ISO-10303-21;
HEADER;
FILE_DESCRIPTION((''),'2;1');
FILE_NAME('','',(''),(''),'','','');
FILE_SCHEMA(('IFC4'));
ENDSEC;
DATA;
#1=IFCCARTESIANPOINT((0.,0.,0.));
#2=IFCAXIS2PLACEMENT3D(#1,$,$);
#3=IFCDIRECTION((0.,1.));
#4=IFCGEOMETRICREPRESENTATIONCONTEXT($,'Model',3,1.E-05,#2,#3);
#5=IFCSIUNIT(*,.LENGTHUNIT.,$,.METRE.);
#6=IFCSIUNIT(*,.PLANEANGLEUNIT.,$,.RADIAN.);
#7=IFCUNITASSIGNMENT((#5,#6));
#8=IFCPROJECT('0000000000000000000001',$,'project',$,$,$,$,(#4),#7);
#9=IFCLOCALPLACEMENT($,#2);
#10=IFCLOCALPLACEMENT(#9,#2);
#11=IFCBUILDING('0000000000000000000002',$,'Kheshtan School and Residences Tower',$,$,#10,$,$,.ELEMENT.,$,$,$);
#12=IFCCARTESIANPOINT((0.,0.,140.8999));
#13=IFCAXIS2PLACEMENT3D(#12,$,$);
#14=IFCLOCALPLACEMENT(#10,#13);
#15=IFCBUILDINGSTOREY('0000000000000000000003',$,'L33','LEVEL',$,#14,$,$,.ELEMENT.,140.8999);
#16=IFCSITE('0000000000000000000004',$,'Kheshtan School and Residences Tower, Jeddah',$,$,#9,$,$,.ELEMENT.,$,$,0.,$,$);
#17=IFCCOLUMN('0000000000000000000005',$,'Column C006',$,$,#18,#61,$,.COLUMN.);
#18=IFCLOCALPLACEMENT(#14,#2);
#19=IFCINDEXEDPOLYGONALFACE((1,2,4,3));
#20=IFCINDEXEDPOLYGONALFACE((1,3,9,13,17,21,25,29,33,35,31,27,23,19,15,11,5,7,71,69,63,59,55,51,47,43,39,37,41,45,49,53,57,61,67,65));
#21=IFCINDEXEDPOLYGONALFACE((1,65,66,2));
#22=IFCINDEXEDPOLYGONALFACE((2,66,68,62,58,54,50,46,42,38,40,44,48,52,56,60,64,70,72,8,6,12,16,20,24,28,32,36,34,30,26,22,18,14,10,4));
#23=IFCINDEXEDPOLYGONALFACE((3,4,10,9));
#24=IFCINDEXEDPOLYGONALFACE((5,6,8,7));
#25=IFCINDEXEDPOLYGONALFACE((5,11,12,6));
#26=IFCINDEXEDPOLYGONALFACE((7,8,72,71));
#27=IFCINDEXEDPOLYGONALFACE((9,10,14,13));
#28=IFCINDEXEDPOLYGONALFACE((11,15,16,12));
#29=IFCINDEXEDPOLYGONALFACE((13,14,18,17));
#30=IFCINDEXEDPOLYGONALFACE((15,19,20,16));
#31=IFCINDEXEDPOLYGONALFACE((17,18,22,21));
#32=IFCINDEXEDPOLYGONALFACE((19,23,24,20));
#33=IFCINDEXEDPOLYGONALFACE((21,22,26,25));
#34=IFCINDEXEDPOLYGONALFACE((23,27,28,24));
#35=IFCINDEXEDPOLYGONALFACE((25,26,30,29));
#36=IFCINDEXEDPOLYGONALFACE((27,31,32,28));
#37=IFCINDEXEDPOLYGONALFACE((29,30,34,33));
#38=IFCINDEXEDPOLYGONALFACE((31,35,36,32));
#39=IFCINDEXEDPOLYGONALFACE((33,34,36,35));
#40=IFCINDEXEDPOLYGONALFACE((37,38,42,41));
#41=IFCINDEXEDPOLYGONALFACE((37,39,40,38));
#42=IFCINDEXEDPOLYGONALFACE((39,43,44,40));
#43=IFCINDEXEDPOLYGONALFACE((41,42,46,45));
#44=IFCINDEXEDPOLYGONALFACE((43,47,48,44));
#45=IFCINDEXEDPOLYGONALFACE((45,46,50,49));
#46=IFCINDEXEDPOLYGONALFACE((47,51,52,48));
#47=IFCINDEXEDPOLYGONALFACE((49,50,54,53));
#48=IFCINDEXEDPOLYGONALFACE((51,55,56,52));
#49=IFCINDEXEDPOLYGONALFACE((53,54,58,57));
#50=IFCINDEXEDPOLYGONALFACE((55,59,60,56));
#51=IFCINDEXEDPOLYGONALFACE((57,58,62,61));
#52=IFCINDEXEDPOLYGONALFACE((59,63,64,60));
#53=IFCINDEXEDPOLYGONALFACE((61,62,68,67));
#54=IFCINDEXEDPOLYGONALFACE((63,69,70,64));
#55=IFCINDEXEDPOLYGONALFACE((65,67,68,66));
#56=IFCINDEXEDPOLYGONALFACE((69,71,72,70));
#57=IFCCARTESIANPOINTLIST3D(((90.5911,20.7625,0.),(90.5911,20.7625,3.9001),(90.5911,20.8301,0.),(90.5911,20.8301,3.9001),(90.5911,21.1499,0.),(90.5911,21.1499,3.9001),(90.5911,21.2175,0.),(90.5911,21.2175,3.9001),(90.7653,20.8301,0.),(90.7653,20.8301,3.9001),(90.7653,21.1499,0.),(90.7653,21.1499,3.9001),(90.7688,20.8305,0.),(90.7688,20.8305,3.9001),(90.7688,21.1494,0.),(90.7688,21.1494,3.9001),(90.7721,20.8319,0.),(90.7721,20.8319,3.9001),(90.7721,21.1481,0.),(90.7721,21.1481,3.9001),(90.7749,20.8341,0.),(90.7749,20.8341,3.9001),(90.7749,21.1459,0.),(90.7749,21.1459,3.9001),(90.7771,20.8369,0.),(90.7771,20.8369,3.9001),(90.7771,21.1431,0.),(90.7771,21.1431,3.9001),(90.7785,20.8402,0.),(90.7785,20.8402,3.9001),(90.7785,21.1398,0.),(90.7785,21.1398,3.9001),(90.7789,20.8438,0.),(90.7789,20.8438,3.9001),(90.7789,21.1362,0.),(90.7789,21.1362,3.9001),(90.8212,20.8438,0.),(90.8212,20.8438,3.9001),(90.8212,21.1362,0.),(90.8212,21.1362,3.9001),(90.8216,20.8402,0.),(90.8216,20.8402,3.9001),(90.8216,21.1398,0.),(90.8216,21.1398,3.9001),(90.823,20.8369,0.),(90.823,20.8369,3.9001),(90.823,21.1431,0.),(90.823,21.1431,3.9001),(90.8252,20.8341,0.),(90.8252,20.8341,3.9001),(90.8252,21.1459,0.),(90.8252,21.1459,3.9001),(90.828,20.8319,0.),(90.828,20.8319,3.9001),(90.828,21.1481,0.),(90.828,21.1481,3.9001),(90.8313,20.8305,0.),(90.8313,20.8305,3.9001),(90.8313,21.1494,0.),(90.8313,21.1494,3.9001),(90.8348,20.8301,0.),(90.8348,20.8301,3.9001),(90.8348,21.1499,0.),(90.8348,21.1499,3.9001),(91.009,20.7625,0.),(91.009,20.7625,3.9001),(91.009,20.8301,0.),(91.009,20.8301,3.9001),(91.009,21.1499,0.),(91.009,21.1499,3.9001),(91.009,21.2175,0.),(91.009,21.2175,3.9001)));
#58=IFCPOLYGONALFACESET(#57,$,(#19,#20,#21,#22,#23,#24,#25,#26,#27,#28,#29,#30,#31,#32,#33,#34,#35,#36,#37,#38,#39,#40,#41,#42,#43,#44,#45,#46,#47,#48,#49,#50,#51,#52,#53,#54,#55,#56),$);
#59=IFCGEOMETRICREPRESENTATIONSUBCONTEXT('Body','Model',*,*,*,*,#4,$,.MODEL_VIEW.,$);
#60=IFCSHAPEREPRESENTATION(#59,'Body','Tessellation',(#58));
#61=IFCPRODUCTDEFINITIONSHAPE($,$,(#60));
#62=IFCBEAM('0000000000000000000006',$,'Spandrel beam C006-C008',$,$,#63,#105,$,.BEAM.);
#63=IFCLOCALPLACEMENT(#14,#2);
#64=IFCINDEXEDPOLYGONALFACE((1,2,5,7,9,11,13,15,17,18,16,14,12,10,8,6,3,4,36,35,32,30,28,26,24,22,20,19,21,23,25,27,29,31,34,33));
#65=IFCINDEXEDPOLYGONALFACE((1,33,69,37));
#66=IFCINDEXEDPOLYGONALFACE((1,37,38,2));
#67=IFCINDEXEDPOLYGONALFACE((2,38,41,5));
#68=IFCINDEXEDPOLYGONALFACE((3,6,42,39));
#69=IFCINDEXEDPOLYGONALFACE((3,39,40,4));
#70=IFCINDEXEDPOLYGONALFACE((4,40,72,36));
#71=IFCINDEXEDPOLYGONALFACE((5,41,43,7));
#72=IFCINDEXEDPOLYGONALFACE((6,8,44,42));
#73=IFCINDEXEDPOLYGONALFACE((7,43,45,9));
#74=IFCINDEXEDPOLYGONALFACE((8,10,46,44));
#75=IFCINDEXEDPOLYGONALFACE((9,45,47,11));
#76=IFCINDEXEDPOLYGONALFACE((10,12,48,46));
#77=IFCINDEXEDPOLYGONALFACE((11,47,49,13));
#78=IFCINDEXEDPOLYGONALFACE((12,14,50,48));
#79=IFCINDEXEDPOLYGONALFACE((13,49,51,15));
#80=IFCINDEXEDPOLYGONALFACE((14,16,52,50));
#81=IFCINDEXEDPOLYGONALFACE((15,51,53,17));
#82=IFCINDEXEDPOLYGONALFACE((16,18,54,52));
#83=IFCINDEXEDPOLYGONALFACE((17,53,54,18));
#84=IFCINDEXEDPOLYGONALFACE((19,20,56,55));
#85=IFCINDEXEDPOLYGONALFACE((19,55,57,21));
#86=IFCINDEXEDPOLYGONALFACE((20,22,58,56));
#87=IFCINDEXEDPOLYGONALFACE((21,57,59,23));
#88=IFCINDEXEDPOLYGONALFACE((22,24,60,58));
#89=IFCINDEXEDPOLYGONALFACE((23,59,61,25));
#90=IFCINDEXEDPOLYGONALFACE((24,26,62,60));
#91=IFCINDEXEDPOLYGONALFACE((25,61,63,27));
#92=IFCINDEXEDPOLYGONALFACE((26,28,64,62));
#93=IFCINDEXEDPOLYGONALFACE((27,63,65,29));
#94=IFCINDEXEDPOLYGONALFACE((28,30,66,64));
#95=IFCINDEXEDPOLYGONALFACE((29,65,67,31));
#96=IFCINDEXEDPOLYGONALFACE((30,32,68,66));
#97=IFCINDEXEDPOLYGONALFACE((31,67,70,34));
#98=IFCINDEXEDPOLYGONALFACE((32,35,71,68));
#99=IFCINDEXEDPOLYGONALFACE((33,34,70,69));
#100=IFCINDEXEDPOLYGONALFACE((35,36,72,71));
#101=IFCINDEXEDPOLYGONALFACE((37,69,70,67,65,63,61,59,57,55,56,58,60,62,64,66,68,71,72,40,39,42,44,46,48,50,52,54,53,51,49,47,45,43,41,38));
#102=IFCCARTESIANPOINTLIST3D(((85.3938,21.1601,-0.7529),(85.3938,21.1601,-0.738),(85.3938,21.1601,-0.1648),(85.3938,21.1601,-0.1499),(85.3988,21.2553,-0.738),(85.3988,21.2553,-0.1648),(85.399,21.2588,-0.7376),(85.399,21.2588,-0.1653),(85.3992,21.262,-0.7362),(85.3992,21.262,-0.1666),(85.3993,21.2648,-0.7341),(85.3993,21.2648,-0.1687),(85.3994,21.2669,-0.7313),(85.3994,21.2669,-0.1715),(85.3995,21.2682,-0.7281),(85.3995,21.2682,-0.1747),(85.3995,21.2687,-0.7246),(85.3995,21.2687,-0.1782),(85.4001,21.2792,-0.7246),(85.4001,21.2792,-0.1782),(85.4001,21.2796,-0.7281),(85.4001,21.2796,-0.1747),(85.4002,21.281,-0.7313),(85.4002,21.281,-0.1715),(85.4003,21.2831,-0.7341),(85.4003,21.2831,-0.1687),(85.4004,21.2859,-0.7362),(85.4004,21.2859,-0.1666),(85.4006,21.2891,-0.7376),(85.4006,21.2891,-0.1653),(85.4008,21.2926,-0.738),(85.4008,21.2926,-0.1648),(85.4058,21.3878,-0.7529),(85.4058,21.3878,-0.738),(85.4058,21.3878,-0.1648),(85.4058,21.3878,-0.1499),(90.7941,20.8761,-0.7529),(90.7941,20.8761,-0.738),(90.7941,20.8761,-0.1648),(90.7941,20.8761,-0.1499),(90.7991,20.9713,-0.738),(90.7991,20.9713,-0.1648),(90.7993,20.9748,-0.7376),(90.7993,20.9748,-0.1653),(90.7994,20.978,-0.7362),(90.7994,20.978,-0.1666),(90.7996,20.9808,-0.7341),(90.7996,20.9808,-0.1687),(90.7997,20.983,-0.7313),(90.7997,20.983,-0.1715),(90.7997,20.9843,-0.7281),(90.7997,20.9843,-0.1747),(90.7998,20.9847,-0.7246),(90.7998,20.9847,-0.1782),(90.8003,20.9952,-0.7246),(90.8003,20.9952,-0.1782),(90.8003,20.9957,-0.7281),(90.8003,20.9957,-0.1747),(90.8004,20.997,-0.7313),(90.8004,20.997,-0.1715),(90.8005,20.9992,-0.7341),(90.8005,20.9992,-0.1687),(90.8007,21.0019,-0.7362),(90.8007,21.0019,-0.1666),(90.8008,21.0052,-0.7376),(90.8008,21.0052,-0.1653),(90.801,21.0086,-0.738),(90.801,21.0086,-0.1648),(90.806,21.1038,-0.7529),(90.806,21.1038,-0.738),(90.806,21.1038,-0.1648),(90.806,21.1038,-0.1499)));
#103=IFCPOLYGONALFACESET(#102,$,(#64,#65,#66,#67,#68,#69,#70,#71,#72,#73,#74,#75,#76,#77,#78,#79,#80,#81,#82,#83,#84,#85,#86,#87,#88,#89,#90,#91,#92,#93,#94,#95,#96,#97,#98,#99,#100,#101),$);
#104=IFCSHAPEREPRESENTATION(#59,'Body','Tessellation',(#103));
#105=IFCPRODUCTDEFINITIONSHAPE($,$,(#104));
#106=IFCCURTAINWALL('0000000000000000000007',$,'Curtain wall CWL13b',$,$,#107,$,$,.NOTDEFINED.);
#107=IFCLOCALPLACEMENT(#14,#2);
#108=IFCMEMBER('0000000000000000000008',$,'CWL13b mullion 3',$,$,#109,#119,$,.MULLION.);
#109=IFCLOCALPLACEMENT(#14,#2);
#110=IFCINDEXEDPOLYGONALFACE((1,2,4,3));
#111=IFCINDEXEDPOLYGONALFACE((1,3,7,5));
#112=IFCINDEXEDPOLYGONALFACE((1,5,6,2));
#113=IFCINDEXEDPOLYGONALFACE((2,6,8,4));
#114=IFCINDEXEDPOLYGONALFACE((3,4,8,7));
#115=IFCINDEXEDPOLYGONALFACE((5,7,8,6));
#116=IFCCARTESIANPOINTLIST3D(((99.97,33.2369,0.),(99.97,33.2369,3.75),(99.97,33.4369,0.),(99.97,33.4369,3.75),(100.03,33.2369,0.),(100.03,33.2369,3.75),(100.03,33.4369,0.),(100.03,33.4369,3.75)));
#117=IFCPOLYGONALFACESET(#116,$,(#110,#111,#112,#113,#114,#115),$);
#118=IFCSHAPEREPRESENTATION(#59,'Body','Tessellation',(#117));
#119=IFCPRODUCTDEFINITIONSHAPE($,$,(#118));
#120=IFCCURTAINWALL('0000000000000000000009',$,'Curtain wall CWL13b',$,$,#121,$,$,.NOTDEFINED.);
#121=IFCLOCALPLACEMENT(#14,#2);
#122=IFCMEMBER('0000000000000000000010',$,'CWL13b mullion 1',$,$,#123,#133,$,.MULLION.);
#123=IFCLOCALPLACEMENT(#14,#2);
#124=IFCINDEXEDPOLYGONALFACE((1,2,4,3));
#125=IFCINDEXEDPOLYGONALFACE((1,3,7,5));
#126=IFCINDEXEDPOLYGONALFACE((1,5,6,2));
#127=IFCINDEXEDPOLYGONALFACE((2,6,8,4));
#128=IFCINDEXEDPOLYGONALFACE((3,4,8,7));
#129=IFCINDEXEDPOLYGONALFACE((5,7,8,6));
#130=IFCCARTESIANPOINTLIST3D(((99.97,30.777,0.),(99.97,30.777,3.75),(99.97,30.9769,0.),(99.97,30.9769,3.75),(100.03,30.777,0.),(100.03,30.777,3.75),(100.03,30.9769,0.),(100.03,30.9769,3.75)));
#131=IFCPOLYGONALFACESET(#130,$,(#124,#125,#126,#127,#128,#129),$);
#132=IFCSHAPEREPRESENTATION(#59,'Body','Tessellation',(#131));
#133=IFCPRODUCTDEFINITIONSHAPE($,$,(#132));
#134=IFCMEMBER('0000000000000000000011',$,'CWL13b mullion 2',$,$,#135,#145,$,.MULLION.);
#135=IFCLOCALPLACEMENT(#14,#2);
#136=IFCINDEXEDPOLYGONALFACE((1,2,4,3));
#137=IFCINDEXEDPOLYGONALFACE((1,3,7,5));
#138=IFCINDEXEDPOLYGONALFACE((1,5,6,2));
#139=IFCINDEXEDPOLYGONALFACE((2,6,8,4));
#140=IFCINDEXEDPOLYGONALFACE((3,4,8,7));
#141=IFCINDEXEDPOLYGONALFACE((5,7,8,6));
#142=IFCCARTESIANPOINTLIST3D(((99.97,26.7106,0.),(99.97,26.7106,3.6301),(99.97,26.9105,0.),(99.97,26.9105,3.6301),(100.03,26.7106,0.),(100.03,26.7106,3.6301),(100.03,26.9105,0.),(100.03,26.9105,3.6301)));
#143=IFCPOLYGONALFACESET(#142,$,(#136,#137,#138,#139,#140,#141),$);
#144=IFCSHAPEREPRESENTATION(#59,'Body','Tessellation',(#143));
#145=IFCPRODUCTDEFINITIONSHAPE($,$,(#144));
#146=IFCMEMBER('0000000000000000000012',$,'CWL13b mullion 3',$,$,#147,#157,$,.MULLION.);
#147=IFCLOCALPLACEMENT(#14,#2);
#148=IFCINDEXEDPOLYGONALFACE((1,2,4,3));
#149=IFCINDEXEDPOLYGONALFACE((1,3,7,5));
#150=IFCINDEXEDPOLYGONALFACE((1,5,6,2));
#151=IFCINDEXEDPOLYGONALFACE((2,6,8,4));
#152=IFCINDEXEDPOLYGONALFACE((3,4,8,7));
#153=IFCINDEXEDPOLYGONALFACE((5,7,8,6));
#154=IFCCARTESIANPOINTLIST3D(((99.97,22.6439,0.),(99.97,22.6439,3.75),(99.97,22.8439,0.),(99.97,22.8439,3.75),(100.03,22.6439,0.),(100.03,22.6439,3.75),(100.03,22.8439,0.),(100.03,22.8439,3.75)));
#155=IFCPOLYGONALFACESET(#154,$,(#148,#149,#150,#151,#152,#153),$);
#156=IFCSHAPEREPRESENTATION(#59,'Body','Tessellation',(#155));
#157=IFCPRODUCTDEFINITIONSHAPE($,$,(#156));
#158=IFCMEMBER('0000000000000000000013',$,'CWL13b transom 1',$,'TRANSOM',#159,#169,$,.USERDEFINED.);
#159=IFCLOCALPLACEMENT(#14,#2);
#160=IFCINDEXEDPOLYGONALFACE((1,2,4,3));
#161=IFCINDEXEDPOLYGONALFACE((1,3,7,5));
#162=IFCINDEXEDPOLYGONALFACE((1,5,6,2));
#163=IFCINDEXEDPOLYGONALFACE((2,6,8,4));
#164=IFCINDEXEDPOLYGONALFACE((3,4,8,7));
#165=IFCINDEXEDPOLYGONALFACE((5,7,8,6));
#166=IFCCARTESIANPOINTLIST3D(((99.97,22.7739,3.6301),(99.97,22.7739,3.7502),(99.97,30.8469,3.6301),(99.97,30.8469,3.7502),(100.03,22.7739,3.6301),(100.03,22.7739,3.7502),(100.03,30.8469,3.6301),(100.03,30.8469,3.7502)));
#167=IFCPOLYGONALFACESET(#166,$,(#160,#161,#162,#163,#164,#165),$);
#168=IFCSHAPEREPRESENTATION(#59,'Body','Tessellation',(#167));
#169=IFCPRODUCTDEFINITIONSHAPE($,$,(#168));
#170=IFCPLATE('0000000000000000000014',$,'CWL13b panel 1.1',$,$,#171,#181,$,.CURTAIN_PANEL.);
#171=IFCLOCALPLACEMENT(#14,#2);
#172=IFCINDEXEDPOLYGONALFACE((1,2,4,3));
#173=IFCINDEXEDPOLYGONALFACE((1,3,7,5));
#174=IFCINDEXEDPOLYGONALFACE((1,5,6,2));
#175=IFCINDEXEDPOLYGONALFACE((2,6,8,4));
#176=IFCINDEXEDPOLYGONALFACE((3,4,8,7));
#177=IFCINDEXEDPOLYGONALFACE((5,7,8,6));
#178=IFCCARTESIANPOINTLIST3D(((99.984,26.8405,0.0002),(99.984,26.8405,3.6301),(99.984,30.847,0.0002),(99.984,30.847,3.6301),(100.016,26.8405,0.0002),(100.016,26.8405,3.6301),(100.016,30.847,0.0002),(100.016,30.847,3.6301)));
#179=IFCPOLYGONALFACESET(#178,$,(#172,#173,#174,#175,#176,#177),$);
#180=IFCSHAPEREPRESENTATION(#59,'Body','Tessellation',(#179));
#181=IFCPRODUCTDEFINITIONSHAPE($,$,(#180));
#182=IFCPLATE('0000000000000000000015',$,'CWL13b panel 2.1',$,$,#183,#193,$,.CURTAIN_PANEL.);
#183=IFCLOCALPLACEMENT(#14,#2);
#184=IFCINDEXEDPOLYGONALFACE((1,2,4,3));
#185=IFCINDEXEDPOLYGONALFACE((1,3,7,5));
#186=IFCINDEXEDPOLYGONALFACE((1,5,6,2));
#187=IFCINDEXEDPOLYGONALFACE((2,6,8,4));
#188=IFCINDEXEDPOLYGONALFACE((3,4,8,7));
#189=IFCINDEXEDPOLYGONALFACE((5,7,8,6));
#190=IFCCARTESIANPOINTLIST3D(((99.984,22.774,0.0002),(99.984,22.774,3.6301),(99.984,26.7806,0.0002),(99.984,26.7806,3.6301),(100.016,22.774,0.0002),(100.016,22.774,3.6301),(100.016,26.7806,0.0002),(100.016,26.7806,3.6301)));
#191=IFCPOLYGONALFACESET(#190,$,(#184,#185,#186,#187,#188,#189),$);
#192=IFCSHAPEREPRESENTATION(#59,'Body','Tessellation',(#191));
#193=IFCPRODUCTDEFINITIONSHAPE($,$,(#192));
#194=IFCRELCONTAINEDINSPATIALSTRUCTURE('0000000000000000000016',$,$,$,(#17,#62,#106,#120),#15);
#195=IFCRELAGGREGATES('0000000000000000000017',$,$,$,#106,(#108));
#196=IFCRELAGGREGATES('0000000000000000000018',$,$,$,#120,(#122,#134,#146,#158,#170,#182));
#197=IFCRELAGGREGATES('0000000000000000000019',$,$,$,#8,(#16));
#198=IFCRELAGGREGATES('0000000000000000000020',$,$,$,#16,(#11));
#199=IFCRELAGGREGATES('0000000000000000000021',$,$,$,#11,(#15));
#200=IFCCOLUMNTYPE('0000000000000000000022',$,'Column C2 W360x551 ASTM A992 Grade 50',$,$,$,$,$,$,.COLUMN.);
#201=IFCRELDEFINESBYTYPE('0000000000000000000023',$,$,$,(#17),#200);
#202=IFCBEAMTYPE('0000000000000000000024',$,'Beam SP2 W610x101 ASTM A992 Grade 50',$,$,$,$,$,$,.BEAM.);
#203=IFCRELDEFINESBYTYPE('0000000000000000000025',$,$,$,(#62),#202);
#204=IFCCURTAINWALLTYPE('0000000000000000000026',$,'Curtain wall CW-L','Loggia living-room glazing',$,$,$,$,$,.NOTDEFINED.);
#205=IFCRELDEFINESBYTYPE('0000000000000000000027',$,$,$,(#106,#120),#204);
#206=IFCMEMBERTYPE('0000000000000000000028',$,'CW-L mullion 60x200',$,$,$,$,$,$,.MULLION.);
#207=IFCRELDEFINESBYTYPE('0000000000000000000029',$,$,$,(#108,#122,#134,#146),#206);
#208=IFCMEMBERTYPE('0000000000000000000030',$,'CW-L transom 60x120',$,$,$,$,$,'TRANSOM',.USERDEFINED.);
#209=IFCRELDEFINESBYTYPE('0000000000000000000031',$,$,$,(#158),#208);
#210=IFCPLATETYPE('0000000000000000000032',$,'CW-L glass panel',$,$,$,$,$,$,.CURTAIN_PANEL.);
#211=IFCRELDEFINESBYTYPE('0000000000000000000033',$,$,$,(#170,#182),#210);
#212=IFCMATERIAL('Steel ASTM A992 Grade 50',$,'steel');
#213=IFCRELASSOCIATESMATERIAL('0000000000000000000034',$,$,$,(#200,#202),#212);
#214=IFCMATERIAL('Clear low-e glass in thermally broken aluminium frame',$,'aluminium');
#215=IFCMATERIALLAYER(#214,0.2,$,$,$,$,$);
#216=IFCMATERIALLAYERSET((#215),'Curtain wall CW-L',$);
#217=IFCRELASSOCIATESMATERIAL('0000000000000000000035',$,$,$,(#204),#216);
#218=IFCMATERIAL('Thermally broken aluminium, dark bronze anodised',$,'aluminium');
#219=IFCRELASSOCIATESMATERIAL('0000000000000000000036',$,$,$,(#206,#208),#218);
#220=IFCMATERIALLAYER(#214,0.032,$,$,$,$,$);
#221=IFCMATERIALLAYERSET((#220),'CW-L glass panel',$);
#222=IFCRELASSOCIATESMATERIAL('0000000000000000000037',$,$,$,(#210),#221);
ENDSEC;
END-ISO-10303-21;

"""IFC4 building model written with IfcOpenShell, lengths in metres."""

from ifc_helpers import new_model, si_unit, direction, frame, origin, origin_2d, place, context, subcontext, project, spatial, rectangle, i_section, extrude, material, layer, layer_set, material_profile, profile_set, type_object, element, aggregate, save


model = new_model("IFC4")

# Units and contexts
model_context = context("Model", 3, precision=1e-05, world=origin(), true_north=direction((0.0, 1.0)))
body_context = subcontext(model_context, "Body", "Model", "MODEL_VIEW")
ifc_project = project(units=[si_unit("LENGTHUNIT", "METRE"), si_unit("PLANEANGLEUNIT", "RADIAN")], contexts=[model_context])

# Site, building, storey
site_placement = place(None, origin())
site = spatial("IfcSite", under=ifc_project, at=site_placement, Name="Kheshtan School and Residences Tower, Jeddah", CompositionType="ELEMENT", RefElevation=0.0)
building_placement = place(site_placement, origin())
building = spatial("IfcBuilding", under=site, at=building_placement, Name="Kheshtan School and Residences Tower", CompositionType="ELEMENT")
storey_placement = place(building_placement, frame((0.0, 0.0, 140.8999)))
storey = spatial("IfcBuildingStorey", under=building, at=storey_placement, Name="L33", Description="LEVEL", CompositionType="ELEMENT", Elevation=140.8999)

# Column
ifc_material_1 = material(Name="Steel ASTM A992 Grade 50", Category="steel")
ifc_material_profile_1 = material_profile(ifc_material_1, i_section(OverallWidth=0.418, OverallDepth=0.4551, WebThickness=0.0422, FlangeThickness=0.0676, FilletRadius=0.0137, at=origin_2d()), Name="W360x551")
ifc_profile_set_1 = profile_set([ifc_material_profile_1], Name="Steel ASTM A992 Grade 50")
column_type = type_object("IfcColumnType", Name="Column C2 W360x551 ASTM A992 Grade 50", PredefinedType="COLUMN", material=ifc_profile_set_1)
column_placement = place(storey_placement, frame((90.8, 20.99, 0.0), z_axis=(0.0, 0.0, 1.0), x_axis=(1.0, 0.0, 0.0)))
element("IfcColumn", 1, at=column_placement, inside=storey, type_object=column_type, Name="Column C006", PredefinedType="COLUMN", context=body_context, shape_type="SweptSolid", body=[
    extrude(i_section(OverallWidth=0.418, OverallDepth=0.4551, WebThickness=0.0422, FlangeThickness=0.0676, FilletRadius=0.0137, at=origin_2d()), origin(), (0.0, 0.0, 1.0), 3.9001),
])

# Beam
ifc_material_profile_2 = material_profile(ifc_material_1, i_section(OverallWidth=0.228, OverallDepth=0.603, WebThickness=0.0105, FlangeThickness=0.0149, FilletRadius=0.0134, at=origin_2d()), Name="W610x101")
ifc_profile_set_2 = profile_set([ifc_material_profile_2], Name="Steel ASTM A992 Grade 50")
beam_type = type_object("IfcBeamType", Name="Beam SP2 W610x101 ASTM A992 Grade 50", PredefinedType="BEAM", material=ifc_profile_set_2)
beam_placement = place(storey_placement, frame((90.8, 20.99, -0.4514), z_axis=(-0.998621, 0.052507, 0.0), x_axis=(-0.052507, -0.998621, 0.0)))
element("IfcBeam", 2, at=beam_placement, inside=storey, type_object=beam_type, Name="Spandrel beam C006-C008", PredefinedType="BEAM", context=body_context, shape_type="SweptSolid", body=[
    extrude(i_section(OverallWidth=0.228, OverallDepth=0.603, WebThickness=0.0105, FlangeThickness=0.0149, FilletRadius=0.0134, at=origin_2d()), origin(), (0.0, 0.0, 1.0), 5.4077),
])

# Curtain wall, member
ifc_material_2 = material(Name="Clear low-e glass in thermally broken aluminium frame", Category="aluminium")
ifc_layer_1 = layer(ifc_material_2, 0.2)
ifc_layer_set_1 = layer_set([ifc_layer_1], Name="Curtain wall CW-L")
curtain_wall_type = type_object("IfcCurtainWallType", Name="Curtain wall CW-L", Description="Loggia living-room glazing", PredefinedType="NOTDEFINED", material=ifc_layer_set_1)
curtain_wall_1_placement = place(storey_placement, origin())
curtain_wall_1 = element("IfcCurtainWall", 3, at=curtain_wall_1_placement, inside=storey, type_object=curtain_wall_type, Name="Curtain wall CWL13b", PredefinedType="NOTDEFINED")
ifc_material_3 = material(Name="Thermally broken aluminium, dark bronze anodised", Category="aluminium")
ifc_material_profile_3 = material_profile(ifc_material_3, rectangle(XDim=0.0601, YDim=0.2, at=origin_2d()), Name="CW-L mullion 60x200")
ifc_profile_set_3 = profile_set([ifc_material_profile_3], Name="Thermally broken aluminium, dark bronze anodised")
member_type_1 = type_object("IfcMemberType", Name="CW-L mullion 60x200", PredefinedType="MULLION", material=ifc_profile_set_3)
member_1_placement = place(storey_placement, frame((100.0, 33.3369, 0.0), z_axis=(0.0, 0.0, 1.0), x_axis=(1.0, 0.0, 0.0)))
member_1 = element("IfcMember", 4, at=member_1_placement, type_object=member_type_1, Name="CWL13b mullion 3", PredefinedType="MULLION", context=body_context, shape_type="SweptSolid", body=[
    extrude(rectangle(XDim=0.0601, YDim=0.2, at=origin_2d()), origin(), (0.0, 0.0, 1.0), 3.75),
])
aggregate(curtain_wall_1, [member_1])

# Curtain wall, members, plates
curtain_wall_2_placement = place(storey_placement, origin())
curtain_wall_2 = element("IfcCurtainWall", 5, at=curtain_wall_2_placement, inside=storey, type_object=curtain_wall_type, Name="Curtain wall CWL13b", PredefinedType="NOTDEFINED")
member_2_placement = place(storey_placement, frame((100.0, 30.877, 0.0), z_axis=(0.0, 0.0, 1.0), x_axis=(1.0, 0.0, 0.0)))
member_2 = element("IfcMember", 6, at=member_2_placement, type_object=member_type_1, Name="CWL13b mullion 1", PredefinedType="MULLION", context=body_context, shape_type="SweptSolid", body=[
    extrude(rectangle(XDim=0.0601, YDim=0.2, at=origin_2d()), origin(), (0.0, 0.0, 1.0), 3.75),
])
member_3_placement = place(storey_placement, frame((100.0, 26.8105, 0.0), z_axis=(0.0, 0.0, 1.0), x_axis=(1.0, 0.0, 0.0)))
member_3 = element("IfcMember", 7, at=member_3_placement, type_object=member_type_1, Name="CWL13b mullion 2", PredefinedType="MULLION", context=body_context, shape_type="SweptSolid", body=[
    extrude(rectangle(XDim=0.0601, YDim=0.2, at=origin_2d()), origin(), (0.0, 0.0, 1.0), 3.6301),
])
member_4_placement = place(storey_placement, frame((100.0, 22.7439, 0.0), z_axis=(0.0, 0.0, 1.0), x_axis=(1.0, 0.0, 0.0)))
member_4 = element("IfcMember", 8, at=member_4_placement, type_object=member_type_1, Name="CWL13b mullion 3", PredefinedType="MULLION", context=body_context, shape_type="SweptSolid", body=[
    extrude(rectangle(XDim=0.0601, YDim=0.2, at=origin_2d()), origin(), (0.0, 0.0, 1.0), 3.75),
])
ifc_material_profile_4 = material_profile(ifc_material_3, rectangle(XDim=0.0601, YDim=0.1201, at=origin_2d()), Name="CW-L transom 60x120")
ifc_profile_set_4 = profile_set([ifc_material_profile_4], Name="Thermally broken aluminium, dark bronze anodised")
member_type_2 = type_object("IfcMemberType", Name="CW-L transom 60x120", ElementType="TRANSOM", PredefinedType="USERDEFINED", material=ifc_profile_set_4)
member_5_placement = place(storey_placement, frame((100.0, 30.8469, 3.6902), z_axis=(0.0, -1.0, 0.0), x_axis=(1.0, 0.0, 0.0)))
member_5 = element("IfcMember", 9, at=member_5_placement, type_object=member_type_2, Name="CWL13b transom 1", ObjectType="TRANSOM", PredefinedType="USERDEFINED", context=body_context, shape_type="SweptSolid", body=[
    extrude(rectangle(XDim=0.0601, YDim=0.1201, at=origin_2d()), origin(), (0.0, 0.0, 1.0), 8.073),
])
ifc_layer_2 = layer(ifc_material_2, 0.032)
ifc_layer_set_2 = layer_set([ifc_layer_2], Name="CW-L glass panel")
plate_type = type_object("IfcPlateType", Name="CW-L glass panel", PredefinedType="CURTAIN_PANEL", material=ifc_layer_set_2)
plate_1_placement = place(storey_placement, frame((100.0, 28.8438, 0.0002), z_axis=(0.0, 0.0, 1.0), x_axis=(0.0, -1.0, 0.0)))
plate_1 = element("IfcPlate", 10, at=plate_1_placement, type_object=plate_type, Name="CWL13b panel 1.1", PredefinedType="CURTAIN_PANEL", context=body_context, shape_type="SweptSolid", body=[
    extrude(rectangle(XDim=4.0066, YDim=0.032, at=origin_2d()), origin(), (0.0, 0.0, 1.0), 3.6299),
])
plate_2_placement = place(storey_placement, frame((100.0, 24.7773, 0.0002), z_axis=(0.0, 0.0, 1.0), x_axis=(0.0, -1.0, 0.0)))
plate_2 = element("IfcPlate", 11, at=plate_2_placement, type_object=plate_type, Name="CWL13b panel 2.1", PredefinedType="CURTAIN_PANEL", context=body_context, shape_type="SweptSolid", body=[
    extrude(rectangle(XDim=4.0066, YDim=0.032, at=origin_2d()), origin(), (0.0, 0.0, 1.0), 3.6299),
])
aggregate(curtain_wall_2, [member_2, member_3, member_4, member_5, plate_1, plate_2])

save(model, "model.ifc")
